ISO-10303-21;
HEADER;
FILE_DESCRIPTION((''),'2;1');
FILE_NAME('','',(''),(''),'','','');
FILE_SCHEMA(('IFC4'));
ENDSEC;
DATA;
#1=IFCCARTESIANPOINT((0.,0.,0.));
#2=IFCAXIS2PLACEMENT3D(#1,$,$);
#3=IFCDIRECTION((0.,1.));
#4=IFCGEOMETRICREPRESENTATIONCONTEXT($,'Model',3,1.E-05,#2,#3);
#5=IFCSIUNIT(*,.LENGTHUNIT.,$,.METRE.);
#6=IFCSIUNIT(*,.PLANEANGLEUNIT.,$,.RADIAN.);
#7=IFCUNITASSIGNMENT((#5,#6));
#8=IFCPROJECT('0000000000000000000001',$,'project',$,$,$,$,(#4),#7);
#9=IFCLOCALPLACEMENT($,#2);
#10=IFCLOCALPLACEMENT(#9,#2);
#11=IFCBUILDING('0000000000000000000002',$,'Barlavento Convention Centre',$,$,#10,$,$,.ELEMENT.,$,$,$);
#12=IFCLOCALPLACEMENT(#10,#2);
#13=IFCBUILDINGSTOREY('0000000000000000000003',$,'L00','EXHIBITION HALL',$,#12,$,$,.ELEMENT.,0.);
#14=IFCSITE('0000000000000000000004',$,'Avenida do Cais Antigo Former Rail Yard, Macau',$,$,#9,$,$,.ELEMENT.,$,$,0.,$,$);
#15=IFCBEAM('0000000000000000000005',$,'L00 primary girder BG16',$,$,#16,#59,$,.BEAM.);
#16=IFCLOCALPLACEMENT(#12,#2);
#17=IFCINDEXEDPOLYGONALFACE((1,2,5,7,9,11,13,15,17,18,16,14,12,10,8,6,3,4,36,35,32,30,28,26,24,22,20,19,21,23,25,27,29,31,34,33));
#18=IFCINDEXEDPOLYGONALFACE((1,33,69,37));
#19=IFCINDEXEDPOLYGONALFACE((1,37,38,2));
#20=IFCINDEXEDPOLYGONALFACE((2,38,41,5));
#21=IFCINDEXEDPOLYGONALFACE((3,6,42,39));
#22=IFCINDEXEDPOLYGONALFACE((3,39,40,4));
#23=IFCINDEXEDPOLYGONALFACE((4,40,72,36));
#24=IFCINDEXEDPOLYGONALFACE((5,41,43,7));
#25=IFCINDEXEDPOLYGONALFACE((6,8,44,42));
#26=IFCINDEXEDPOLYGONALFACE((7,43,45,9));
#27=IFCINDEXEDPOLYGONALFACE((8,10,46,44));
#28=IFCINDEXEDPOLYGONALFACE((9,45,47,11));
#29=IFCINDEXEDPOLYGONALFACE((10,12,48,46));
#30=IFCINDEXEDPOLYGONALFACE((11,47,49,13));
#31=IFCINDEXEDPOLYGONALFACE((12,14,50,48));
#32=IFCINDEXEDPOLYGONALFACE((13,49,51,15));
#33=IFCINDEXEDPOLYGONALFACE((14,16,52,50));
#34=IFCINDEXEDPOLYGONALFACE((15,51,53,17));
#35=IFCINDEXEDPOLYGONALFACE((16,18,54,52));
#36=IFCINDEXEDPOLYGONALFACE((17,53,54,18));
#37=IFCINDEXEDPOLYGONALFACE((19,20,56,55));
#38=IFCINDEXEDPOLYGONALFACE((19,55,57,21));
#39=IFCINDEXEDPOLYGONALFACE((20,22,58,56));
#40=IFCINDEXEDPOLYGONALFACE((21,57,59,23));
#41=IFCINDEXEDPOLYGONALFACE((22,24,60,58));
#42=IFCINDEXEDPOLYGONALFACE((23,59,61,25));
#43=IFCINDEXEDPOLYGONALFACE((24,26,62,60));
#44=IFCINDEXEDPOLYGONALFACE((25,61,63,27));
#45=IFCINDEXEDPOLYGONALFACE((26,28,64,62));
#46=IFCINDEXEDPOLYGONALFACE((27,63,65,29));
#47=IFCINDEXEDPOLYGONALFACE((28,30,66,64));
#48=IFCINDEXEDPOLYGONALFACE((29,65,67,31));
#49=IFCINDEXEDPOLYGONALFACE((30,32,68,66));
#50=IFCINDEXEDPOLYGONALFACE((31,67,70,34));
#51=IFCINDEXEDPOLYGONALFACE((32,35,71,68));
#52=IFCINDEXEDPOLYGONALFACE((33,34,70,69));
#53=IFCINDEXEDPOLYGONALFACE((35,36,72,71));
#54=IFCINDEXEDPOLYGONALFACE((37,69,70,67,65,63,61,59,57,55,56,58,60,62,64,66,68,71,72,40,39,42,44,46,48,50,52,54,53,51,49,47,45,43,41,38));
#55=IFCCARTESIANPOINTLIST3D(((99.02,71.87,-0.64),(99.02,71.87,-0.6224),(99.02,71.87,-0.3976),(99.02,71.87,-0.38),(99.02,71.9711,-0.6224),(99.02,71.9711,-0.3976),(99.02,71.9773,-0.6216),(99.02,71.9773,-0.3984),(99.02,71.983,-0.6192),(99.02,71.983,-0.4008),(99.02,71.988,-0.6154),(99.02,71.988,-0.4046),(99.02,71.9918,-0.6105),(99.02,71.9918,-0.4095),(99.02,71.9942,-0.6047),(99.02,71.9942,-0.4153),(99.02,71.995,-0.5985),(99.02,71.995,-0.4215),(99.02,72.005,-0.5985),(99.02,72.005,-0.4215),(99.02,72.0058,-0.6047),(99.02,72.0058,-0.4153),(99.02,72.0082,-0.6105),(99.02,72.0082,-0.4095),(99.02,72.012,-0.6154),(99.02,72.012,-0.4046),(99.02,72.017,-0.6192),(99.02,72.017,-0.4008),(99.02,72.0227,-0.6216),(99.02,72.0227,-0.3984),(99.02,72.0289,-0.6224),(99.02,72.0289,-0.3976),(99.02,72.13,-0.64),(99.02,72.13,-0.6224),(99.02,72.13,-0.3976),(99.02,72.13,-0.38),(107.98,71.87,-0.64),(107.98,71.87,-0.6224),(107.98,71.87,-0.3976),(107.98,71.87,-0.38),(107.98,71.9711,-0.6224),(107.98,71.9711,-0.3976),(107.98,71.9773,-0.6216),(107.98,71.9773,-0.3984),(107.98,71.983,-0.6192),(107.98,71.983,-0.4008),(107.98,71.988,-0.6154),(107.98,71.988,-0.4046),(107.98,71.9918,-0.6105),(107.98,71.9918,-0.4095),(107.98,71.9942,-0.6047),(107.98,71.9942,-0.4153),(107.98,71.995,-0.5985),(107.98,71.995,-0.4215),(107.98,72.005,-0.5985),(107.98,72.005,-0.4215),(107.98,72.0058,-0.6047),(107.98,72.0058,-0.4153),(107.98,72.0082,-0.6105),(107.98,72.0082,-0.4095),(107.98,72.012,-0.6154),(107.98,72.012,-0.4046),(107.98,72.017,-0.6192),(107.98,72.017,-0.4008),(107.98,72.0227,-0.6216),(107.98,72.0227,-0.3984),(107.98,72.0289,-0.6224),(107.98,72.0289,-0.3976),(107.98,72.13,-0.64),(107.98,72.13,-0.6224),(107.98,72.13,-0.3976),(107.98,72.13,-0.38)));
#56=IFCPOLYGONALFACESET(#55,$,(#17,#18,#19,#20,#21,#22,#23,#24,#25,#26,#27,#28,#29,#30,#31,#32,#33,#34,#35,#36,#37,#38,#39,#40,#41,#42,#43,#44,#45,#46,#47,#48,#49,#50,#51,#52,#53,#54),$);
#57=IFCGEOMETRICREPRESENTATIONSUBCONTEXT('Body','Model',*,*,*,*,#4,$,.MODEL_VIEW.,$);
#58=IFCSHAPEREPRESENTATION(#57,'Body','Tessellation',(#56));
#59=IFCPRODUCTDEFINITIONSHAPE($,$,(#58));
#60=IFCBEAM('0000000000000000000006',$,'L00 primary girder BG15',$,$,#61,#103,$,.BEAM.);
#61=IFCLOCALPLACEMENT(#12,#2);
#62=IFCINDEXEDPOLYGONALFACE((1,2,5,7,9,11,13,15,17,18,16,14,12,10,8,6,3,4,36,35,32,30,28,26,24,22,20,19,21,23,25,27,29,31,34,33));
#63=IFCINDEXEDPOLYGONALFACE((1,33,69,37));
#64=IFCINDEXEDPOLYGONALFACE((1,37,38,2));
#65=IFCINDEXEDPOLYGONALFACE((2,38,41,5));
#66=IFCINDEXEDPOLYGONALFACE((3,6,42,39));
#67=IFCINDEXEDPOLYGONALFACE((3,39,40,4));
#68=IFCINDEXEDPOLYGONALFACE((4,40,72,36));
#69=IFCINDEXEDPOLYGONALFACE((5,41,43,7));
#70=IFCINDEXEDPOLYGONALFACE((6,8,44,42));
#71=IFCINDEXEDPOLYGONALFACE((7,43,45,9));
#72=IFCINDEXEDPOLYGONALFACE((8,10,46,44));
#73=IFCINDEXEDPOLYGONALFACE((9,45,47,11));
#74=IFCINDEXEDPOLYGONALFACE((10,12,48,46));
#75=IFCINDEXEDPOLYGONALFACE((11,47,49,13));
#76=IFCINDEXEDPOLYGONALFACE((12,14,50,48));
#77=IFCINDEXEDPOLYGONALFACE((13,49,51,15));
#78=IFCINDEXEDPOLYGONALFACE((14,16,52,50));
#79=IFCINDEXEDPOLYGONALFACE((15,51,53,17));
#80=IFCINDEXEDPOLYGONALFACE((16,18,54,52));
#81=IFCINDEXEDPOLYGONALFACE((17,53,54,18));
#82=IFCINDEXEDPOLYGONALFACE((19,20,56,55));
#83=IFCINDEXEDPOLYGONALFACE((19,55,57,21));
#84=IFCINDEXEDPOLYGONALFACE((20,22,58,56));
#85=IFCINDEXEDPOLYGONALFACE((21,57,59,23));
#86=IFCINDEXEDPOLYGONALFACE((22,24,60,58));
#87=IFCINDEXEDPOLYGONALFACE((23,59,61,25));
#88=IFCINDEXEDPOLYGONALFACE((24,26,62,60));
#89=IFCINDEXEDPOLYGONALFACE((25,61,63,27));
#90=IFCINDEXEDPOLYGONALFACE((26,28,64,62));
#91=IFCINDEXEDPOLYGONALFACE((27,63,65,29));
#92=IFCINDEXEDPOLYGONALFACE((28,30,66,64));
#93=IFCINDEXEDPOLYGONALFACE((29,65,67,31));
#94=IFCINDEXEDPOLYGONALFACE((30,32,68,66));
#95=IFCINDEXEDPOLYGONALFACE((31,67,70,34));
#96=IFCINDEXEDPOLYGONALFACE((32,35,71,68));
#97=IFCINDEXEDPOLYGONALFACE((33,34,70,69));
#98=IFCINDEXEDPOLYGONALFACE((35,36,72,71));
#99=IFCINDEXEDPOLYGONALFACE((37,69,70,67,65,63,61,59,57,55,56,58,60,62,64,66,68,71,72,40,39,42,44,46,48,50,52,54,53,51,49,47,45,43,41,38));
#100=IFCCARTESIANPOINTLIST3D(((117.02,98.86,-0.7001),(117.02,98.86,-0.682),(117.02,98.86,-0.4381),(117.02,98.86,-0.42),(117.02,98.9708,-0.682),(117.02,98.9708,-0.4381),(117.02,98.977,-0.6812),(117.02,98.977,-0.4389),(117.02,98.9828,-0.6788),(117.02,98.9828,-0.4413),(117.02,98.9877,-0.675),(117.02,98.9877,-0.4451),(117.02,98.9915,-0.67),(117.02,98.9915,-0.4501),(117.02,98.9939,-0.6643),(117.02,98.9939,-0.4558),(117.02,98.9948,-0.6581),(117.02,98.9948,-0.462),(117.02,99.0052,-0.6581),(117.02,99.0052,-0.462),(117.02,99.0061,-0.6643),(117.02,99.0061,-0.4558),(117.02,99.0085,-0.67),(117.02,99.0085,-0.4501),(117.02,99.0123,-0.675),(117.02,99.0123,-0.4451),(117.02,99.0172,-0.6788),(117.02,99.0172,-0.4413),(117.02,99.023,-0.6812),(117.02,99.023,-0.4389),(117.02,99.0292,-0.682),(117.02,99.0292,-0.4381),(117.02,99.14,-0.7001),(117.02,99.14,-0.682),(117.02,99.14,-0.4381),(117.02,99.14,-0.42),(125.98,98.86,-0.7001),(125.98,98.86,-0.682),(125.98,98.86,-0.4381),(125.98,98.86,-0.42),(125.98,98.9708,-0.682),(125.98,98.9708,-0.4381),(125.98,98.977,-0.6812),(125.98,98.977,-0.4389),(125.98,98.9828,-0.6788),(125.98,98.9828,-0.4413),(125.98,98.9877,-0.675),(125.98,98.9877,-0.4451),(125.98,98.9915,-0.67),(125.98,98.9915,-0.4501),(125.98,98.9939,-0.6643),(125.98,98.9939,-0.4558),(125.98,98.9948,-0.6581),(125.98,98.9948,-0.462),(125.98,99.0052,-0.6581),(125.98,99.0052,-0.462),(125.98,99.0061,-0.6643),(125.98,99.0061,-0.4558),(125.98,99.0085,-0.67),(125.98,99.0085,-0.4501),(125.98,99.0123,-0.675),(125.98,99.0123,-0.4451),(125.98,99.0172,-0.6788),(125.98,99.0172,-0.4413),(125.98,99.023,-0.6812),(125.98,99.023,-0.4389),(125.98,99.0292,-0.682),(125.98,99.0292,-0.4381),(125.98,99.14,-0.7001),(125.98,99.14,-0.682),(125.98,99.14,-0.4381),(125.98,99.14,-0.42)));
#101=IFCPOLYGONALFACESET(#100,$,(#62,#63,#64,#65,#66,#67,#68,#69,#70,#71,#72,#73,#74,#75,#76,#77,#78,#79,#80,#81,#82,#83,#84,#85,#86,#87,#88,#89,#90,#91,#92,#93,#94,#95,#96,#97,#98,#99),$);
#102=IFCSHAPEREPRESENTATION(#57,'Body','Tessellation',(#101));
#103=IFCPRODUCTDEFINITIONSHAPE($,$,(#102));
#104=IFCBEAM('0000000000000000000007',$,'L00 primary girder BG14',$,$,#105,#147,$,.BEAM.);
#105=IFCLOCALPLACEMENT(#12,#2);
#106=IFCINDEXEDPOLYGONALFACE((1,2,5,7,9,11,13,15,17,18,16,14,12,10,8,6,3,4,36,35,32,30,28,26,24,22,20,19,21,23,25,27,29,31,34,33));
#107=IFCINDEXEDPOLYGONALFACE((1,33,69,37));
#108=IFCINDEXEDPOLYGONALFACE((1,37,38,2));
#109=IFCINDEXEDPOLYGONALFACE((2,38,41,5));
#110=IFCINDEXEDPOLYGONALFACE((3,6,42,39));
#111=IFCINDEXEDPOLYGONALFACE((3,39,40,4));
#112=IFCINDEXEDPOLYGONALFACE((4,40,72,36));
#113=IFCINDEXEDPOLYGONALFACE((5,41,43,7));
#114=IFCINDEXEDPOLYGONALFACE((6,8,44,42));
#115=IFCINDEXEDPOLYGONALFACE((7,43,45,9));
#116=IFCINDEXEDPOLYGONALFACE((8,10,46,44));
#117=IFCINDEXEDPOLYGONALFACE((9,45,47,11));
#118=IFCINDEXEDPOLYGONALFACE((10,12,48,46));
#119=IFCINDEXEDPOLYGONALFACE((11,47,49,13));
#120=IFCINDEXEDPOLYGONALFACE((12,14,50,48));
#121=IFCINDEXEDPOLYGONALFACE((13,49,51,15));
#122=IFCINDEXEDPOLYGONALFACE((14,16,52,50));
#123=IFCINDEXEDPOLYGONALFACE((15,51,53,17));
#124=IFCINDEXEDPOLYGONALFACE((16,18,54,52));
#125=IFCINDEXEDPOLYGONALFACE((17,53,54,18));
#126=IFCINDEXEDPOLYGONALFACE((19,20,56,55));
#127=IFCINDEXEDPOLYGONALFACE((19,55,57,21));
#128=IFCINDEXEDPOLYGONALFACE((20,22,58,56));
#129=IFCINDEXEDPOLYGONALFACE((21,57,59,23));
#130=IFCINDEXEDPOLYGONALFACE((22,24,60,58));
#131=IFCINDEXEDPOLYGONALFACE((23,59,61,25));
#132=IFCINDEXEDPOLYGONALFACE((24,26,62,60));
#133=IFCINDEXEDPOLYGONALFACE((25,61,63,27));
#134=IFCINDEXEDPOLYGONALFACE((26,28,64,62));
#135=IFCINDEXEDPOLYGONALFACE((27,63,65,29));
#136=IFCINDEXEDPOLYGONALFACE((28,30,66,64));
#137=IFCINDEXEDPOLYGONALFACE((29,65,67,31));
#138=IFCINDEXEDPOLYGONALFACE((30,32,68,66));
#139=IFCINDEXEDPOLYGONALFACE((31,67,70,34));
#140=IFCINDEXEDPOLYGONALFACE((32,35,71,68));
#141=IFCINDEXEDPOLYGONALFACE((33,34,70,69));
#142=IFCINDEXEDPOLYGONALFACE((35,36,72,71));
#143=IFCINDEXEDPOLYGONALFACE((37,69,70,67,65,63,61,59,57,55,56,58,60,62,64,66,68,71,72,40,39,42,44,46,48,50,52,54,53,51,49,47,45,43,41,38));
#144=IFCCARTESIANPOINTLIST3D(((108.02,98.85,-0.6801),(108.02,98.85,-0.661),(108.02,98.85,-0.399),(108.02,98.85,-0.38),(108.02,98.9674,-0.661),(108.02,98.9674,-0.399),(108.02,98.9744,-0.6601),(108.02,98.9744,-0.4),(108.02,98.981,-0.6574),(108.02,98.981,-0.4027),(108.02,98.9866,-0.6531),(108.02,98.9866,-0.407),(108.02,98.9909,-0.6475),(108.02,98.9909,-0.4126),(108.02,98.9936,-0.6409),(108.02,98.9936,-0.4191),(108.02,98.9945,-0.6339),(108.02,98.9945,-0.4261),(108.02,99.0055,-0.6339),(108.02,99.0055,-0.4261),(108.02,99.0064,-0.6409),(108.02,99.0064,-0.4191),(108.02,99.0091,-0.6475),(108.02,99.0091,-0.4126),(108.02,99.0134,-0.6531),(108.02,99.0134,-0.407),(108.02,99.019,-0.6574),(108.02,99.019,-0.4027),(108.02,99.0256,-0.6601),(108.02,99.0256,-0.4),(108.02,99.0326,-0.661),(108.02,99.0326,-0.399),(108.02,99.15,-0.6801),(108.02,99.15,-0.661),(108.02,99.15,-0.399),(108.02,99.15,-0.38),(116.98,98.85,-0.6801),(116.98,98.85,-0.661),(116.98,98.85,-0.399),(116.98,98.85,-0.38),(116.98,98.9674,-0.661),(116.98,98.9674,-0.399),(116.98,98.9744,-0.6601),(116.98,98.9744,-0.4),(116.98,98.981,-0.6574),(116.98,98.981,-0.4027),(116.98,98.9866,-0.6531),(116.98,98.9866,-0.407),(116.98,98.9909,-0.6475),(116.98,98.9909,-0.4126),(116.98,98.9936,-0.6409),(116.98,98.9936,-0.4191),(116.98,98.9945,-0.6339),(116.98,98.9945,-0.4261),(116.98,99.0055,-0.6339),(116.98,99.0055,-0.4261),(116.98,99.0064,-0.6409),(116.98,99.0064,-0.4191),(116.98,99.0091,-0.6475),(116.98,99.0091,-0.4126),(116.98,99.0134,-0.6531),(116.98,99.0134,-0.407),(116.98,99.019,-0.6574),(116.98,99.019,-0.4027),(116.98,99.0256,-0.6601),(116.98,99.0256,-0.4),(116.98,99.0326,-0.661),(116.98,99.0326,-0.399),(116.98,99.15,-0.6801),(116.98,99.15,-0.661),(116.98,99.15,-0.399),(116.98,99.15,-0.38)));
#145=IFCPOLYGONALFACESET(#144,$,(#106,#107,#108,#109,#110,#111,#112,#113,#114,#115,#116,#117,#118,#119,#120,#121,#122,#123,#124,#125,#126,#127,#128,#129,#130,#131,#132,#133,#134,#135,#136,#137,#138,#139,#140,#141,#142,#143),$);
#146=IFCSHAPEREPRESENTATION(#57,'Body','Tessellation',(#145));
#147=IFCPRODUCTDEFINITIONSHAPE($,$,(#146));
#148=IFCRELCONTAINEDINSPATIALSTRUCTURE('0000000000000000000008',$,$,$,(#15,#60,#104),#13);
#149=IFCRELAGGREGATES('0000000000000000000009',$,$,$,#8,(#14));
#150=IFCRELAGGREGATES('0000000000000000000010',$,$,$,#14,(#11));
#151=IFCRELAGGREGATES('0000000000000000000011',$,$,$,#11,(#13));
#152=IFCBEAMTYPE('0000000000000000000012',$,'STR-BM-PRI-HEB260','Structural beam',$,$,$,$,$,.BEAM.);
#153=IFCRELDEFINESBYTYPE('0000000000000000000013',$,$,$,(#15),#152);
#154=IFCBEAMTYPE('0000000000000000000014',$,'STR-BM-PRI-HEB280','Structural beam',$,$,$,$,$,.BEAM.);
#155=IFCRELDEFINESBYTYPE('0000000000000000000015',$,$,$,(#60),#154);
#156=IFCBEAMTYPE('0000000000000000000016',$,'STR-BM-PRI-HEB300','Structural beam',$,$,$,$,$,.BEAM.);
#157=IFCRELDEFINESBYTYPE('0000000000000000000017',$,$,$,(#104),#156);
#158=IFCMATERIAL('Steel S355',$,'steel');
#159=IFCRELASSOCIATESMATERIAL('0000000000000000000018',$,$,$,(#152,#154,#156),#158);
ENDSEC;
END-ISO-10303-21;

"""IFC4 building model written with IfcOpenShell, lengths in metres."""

from ifc_helpers import new_model, si_unit, direction, frame, origin, origin_2d, place, context, subcontext, project, spatial, i_section, extrude, material, material_profile, profile_set, type_object, element, save


model = new_model("IFC4")

# Units and contexts
model_context = context("Model", 3, precision=1e-05, world=origin(), true_north=direction((0.0, 1.0)))
body_context = subcontext(model_context, "Body", "Model", "MODEL_VIEW")
ifc_project = project(units=[si_unit("LENGTHUNIT", "METRE"), si_unit("PLANEANGLEUNIT", "RADIAN")], contexts=[model_context])

# Site, building, storey
site_placement = place(None, origin())
site = spatial("IfcSite", under=ifc_project, at=site_placement, Name="Avenida do Cais Antigo Former Rail Yard, Macau", CompositionType="ELEMENT", RefElevation=0.0)
building_placement = place(site_placement, origin())
building = spatial("IfcBuilding", under=site, at=building_placement, Name="Barlavento Convention Centre", CompositionType="ELEMENT")
storey_placement = place(building_placement, origin())
storey = spatial("IfcBuildingStorey", under=building, at=storey_placement, Name="L00", Description="EXHIBITION HALL", CompositionType="ELEMENT", Elevation=0.0)

# Beams
ifc_material_1 = material(Name="Steel S355", Category="steel")
ifc_material_profile_1 = material_profile(ifc_material_1, i_section(OverallWidth=0.26, OverallDepth=0.26, WebThickness=0.01, FlangeThickness=0.0176, FilletRadius=0.0239, at=origin_2d()), Name="HEB 260")
ifc_profile_set_1 = profile_set([ifc_material_profile_1], Name="Steel S355")
beam_type_1 = type_object("IfcBeamType", Name="STR-BM-PRI-HEB260", Description="Structural beam", PredefinedType="BEAM", material=ifc_profile_set_1)
beam_1_placement = place(storey_placement, frame((99.02, 72.0, -0.51), z_axis=(1.0, 0.0, 0.0), x_axis=(0.0, 1.0, 0.0)))
element("IfcBeam", 1, at=beam_1_placement, inside=storey, type_object=beam_type_1, Name="L00 primary girder BG16", PredefinedType="BEAM", context=body_context, shape_type="SweptSolid", body=[
    extrude(i_section(OverallWidth=0.26, OverallDepth=0.26, WebThickness=0.01, FlangeThickness=0.0176, FilletRadius=0.0239, at=origin_2d()), origin(), (0.0, 0.0, 1.0), 8.96),
])
ifc_material_profile_2 = material_profile(ifc_material_1, i_section(OverallWidth=0.28, OverallDepth=0.28, WebThickness=0.0105, FlangeThickness=0.0181, FilletRadius=0.0239, at=origin_2d()), Name="HEB 280")
ifc_profile_set_2 = profile_set([ifc_material_profile_2], Name="Steel S355")
beam_type_2 = type_object("IfcBeamType", Name="STR-BM-PRI-HEB280", Description="Structural beam", PredefinedType="BEAM", material=ifc_profile_set_2)
beam_2_placement = place(storey_placement, frame((117.02, 99.0, -0.5601), z_axis=(1.0, 0.0, 0.0), x_axis=(0.0, 1.0, 0.0)))
element("IfcBeam", 2, at=beam_2_placement, inside=storey, type_object=beam_type_2, Name="L00 primary girder BG15", PredefinedType="BEAM", context=body_context, shape_type="SweptSolid", body=[
    extrude(i_section(OverallWidth=0.28, OverallDepth=0.28, WebThickness=0.0105, FlangeThickness=0.0181, FilletRadius=0.0239, at=origin_2d()), origin(), (0.0, 0.0, 1.0), 8.96),
])
ifc_material_profile_3 = material_profile(ifc_material_1, i_section(OverallWidth=0.3, OverallDepth=0.3, WebThickness=0.011, FlangeThickness=0.019, FilletRadius=0.0271, at=origin_2d()), Name="HEB 300")
ifc_profile_set_3 = profile_set([ifc_material_profile_3], Name="Steel S355")
beam_type_3 = type_object("IfcBeamType", Name="STR-BM-PRI-HEB300", Description="Structural beam", PredefinedType="BEAM", material=ifc_profile_set_3)
beam_3_placement = place(storey_placement, frame((108.02, 99.0, -0.53), z_axis=(1.0, 0.0, 0.0), x_axis=(0.0, 1.0, 0.0)))
element("IfcBeam", 3, at=beam_3_placement, inside=storey, type_object=beam_type_3, Name="L00 primary girder BG14", PredefinedType="BEAM", context=body_context, shape_type="SweptSolid", body=[
    extrude(i_section(OverallWidth=0.3, OverallDepth=0.3, WebThickness=0.011, FlangeThickness=0.019, FilletRadius=0.0271, at=origin_2d()), origin(), (0.0, 0.0, 1.0), 8.96),
])

save(model, "model.ifc")
